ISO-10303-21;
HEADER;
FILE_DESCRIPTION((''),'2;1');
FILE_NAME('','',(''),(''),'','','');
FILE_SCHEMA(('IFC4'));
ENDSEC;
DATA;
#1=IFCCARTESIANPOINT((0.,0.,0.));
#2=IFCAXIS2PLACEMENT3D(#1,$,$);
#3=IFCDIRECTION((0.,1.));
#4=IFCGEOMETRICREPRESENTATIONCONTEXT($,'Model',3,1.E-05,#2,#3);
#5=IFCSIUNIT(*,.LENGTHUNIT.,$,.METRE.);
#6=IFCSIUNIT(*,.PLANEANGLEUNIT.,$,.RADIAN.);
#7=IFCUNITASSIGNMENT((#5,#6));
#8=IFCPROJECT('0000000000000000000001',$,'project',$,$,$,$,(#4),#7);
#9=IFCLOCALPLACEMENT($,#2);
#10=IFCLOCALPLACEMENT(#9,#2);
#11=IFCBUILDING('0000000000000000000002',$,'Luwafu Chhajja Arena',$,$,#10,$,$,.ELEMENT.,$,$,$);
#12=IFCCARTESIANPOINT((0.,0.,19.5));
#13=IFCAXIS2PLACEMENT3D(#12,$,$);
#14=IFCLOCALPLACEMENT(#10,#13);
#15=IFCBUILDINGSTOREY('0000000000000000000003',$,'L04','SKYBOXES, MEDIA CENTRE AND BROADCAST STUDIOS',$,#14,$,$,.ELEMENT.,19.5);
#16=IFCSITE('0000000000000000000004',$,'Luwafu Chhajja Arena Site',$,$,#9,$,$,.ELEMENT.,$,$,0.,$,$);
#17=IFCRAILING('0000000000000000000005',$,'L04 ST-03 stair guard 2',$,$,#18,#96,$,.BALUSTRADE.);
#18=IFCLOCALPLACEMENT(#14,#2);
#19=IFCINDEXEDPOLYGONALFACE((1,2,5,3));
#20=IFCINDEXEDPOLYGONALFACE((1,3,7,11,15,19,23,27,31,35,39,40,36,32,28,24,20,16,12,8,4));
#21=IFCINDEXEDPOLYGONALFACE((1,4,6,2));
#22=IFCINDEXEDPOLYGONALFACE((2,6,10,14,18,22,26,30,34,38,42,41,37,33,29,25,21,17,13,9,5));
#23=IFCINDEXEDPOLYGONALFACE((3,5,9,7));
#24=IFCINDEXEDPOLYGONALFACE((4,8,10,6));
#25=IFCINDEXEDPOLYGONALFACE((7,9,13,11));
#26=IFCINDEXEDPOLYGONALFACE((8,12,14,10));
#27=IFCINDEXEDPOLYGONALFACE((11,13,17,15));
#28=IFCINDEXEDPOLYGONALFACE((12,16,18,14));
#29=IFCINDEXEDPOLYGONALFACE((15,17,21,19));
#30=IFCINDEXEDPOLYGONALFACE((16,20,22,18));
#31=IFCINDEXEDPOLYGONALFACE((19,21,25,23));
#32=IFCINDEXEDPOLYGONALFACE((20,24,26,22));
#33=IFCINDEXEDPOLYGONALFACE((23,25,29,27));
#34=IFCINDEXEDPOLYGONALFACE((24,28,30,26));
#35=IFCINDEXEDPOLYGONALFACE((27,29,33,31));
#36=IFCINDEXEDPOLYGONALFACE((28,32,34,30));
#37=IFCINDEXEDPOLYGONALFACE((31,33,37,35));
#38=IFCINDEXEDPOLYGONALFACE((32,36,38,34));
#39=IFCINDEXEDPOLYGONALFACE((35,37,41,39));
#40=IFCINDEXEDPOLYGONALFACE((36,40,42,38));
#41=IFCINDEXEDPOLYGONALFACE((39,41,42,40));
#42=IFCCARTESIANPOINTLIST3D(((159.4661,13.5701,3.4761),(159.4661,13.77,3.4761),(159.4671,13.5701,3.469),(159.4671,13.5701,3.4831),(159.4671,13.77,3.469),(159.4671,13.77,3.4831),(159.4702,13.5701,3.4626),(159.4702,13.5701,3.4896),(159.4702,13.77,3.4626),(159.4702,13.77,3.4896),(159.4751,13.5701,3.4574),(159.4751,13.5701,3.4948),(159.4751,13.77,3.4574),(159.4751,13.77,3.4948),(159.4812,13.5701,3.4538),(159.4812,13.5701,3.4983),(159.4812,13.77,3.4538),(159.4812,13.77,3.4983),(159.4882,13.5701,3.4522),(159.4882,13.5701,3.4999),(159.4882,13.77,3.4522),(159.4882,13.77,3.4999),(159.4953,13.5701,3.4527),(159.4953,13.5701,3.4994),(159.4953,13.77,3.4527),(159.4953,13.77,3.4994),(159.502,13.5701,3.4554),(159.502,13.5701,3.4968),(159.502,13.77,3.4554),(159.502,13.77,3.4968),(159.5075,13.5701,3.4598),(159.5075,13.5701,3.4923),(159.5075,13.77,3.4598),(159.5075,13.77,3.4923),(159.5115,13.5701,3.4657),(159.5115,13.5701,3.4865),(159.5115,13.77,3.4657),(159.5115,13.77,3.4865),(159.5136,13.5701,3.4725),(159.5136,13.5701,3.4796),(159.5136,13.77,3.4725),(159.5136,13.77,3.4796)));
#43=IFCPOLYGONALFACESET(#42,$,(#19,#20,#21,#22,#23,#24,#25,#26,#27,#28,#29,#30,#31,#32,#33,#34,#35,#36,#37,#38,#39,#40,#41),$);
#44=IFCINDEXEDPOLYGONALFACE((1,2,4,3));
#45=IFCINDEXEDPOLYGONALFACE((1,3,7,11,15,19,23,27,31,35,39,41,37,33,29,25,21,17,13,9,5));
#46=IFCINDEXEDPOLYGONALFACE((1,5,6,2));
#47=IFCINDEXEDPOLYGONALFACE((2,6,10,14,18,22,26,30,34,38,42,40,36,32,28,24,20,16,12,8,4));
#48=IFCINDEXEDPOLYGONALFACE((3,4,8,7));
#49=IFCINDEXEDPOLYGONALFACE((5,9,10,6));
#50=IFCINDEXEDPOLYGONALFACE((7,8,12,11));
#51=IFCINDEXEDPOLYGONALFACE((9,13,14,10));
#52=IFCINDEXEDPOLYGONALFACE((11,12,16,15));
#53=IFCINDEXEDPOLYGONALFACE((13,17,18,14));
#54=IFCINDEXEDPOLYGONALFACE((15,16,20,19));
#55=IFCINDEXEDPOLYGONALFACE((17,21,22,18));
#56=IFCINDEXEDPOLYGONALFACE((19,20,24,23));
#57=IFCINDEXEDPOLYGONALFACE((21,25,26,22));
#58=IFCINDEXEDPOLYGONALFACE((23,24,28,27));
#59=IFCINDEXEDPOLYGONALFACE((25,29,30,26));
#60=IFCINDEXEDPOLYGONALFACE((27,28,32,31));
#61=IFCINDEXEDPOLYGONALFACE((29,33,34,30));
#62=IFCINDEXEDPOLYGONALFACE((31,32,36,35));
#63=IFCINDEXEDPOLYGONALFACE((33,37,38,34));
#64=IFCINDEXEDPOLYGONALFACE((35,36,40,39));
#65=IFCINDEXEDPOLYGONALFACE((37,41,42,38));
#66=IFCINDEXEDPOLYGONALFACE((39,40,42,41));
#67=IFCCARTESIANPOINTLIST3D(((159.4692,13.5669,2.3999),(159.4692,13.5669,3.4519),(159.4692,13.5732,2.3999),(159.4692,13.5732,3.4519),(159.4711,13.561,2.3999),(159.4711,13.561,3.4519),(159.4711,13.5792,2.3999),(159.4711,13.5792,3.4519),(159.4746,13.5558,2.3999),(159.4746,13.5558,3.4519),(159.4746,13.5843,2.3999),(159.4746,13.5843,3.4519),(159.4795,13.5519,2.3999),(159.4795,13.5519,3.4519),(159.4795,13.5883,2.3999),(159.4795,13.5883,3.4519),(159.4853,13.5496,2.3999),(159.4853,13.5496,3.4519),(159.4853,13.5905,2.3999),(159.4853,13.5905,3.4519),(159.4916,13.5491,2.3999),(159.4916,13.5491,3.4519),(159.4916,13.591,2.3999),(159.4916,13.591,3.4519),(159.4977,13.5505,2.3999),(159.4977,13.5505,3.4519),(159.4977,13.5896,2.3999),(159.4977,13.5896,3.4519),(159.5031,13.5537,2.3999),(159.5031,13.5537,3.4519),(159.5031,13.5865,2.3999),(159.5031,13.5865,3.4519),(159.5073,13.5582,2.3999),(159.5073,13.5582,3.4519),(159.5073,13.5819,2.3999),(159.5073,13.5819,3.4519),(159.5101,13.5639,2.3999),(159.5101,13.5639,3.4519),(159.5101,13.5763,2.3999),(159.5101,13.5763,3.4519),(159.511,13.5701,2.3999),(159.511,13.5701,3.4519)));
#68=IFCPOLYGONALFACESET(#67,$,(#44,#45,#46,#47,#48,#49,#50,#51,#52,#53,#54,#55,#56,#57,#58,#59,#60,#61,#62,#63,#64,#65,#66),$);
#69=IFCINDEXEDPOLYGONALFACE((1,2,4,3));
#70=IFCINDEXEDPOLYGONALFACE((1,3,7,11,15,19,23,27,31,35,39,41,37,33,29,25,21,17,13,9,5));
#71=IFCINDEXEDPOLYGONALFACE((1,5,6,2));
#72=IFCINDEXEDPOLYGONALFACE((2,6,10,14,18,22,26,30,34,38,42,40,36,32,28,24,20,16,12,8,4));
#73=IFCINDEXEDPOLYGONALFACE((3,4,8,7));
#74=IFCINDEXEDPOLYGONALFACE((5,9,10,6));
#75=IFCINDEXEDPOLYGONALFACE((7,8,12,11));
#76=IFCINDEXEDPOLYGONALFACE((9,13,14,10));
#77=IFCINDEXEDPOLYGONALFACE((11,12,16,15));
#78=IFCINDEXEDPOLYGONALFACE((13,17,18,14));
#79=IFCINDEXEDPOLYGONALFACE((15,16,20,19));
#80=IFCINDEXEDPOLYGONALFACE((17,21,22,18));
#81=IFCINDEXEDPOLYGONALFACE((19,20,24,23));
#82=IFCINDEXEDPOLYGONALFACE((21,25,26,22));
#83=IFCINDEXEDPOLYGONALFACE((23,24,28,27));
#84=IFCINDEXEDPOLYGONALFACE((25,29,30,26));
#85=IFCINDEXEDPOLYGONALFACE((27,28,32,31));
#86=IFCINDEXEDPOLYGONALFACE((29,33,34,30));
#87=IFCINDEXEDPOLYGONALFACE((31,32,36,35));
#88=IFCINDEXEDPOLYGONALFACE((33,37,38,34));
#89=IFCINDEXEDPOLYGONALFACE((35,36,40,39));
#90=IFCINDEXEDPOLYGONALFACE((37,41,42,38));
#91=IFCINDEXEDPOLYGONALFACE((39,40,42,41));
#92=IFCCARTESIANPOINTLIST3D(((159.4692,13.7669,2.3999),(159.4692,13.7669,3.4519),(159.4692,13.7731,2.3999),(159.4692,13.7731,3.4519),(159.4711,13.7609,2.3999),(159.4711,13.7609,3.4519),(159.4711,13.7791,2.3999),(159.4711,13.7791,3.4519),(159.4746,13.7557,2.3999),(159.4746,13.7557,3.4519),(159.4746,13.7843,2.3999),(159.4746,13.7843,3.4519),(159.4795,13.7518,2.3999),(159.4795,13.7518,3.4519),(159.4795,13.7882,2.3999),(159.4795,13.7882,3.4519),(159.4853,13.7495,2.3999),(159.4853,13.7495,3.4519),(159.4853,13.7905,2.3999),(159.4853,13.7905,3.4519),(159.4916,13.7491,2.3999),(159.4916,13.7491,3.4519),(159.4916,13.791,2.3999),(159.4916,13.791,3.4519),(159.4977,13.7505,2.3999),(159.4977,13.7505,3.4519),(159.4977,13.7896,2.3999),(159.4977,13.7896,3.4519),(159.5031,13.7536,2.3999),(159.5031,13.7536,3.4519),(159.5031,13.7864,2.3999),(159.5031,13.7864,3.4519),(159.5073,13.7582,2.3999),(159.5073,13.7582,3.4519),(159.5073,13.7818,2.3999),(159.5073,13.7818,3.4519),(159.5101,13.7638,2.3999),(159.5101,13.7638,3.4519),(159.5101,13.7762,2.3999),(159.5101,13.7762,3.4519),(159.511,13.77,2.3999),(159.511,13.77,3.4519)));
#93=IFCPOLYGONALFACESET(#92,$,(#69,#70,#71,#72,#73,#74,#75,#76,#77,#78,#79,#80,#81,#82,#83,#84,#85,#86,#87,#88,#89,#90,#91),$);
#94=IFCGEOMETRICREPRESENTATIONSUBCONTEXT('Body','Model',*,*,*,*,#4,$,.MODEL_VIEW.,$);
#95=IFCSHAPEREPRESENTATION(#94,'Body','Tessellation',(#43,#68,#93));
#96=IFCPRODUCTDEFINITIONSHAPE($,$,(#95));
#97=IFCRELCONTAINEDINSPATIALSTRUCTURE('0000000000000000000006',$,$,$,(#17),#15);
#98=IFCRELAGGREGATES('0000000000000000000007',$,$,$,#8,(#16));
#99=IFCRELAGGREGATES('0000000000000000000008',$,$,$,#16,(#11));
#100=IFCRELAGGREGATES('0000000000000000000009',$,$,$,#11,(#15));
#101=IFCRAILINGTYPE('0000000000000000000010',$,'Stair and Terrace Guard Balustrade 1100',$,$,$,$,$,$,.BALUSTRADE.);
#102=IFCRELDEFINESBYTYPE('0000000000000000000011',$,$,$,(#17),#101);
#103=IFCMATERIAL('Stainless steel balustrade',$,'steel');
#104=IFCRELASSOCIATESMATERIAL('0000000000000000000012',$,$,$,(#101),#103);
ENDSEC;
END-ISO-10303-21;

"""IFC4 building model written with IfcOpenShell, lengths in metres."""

from ifc_helpers import new_model, si_unit, direction, frame, origin, origin_2d, place, context, subcontext, project, spatial, circle, extrude, material, type_object, element, save


model = new_model("IFC4")

# Units and contexts
model_context = context("Model", 3, precision=1e-05, world=origin(), true_north=direction((0.0, 1.0)))
body_context = subcontext(model_context, "Body", "Model", "MODEL_VIEW")
ifc_project = project(units=[si_unit("LENGTHUNIT", "METRE"), si_unit("PLANEANGLEUNIT", "RADIAN")], contexts=[model_context])

# Site, building, storey
site_placement = place(None, origin())
site = spatial("IfcSite", under=ifc_project, at=site_placement, Name="Luwafu Chhajja Arena Site", CompositionType="ELEMENT", RefElevation=0.0)
building_placement = place(site_placement, origin())
building = spatial("IfcBuilding", under=site, at=building_placement, Name="Luwafu Chhajja Arena", CompositionType="ELEMENT")
storey_placement = place(building_placement, frame((0.0, 0.0, 19.5)))
storey = spatial("IfcBuildingStorey", under=building, at=storey_placement, Name="L04", Description="SKYBOXES, MEDIA CENTRE AND BROADCAST STUDIOS", CompositionType="ELEMENT", Elevation=19.5)

# Railing
ifc_material_1 = material(Name="Stainless steel balustrade", Category="steel")
railing_type_1 = type_object("IfcRailingType", Name="Stair and Terrace Guard Balustrade 1100", PredefinedType="BALUSTRADE", material=ifc_material_1)
railing_1_placement = place(storey_placement, frame((159.49, 13.5701, 2.3999)))
element("IfcRailing", 1, at=railing_1_placement, inside=storey, type_object=railing_type_1, Name="L04 ST-03 stair guard 2", PredefinedType="BALUSTRADE", context=body_context, shape_type="SweptSolid", body=[
    extrude(circle(Radius=0.0239, at=origin_2d()), frame((0.0, 0.0, 1.0762), z_axis=(0.0, 1.0, 0.0), x_axis=(-1.0, 0.0, 0.0)), (0.0, 0.0, 1.0), 0.2),
    extrude(circle(Radius=0.021, at=origin_2d()), origin(), (0.0, 0.0, 1.0), 1.052),
    extrude(circle(Radius=0.021, at=origin_2d()), frame((0.0, 0.2, 0.0)), (0.0, 0.0, 1.0), 1.052),
])

save(model, "model.ifc")
